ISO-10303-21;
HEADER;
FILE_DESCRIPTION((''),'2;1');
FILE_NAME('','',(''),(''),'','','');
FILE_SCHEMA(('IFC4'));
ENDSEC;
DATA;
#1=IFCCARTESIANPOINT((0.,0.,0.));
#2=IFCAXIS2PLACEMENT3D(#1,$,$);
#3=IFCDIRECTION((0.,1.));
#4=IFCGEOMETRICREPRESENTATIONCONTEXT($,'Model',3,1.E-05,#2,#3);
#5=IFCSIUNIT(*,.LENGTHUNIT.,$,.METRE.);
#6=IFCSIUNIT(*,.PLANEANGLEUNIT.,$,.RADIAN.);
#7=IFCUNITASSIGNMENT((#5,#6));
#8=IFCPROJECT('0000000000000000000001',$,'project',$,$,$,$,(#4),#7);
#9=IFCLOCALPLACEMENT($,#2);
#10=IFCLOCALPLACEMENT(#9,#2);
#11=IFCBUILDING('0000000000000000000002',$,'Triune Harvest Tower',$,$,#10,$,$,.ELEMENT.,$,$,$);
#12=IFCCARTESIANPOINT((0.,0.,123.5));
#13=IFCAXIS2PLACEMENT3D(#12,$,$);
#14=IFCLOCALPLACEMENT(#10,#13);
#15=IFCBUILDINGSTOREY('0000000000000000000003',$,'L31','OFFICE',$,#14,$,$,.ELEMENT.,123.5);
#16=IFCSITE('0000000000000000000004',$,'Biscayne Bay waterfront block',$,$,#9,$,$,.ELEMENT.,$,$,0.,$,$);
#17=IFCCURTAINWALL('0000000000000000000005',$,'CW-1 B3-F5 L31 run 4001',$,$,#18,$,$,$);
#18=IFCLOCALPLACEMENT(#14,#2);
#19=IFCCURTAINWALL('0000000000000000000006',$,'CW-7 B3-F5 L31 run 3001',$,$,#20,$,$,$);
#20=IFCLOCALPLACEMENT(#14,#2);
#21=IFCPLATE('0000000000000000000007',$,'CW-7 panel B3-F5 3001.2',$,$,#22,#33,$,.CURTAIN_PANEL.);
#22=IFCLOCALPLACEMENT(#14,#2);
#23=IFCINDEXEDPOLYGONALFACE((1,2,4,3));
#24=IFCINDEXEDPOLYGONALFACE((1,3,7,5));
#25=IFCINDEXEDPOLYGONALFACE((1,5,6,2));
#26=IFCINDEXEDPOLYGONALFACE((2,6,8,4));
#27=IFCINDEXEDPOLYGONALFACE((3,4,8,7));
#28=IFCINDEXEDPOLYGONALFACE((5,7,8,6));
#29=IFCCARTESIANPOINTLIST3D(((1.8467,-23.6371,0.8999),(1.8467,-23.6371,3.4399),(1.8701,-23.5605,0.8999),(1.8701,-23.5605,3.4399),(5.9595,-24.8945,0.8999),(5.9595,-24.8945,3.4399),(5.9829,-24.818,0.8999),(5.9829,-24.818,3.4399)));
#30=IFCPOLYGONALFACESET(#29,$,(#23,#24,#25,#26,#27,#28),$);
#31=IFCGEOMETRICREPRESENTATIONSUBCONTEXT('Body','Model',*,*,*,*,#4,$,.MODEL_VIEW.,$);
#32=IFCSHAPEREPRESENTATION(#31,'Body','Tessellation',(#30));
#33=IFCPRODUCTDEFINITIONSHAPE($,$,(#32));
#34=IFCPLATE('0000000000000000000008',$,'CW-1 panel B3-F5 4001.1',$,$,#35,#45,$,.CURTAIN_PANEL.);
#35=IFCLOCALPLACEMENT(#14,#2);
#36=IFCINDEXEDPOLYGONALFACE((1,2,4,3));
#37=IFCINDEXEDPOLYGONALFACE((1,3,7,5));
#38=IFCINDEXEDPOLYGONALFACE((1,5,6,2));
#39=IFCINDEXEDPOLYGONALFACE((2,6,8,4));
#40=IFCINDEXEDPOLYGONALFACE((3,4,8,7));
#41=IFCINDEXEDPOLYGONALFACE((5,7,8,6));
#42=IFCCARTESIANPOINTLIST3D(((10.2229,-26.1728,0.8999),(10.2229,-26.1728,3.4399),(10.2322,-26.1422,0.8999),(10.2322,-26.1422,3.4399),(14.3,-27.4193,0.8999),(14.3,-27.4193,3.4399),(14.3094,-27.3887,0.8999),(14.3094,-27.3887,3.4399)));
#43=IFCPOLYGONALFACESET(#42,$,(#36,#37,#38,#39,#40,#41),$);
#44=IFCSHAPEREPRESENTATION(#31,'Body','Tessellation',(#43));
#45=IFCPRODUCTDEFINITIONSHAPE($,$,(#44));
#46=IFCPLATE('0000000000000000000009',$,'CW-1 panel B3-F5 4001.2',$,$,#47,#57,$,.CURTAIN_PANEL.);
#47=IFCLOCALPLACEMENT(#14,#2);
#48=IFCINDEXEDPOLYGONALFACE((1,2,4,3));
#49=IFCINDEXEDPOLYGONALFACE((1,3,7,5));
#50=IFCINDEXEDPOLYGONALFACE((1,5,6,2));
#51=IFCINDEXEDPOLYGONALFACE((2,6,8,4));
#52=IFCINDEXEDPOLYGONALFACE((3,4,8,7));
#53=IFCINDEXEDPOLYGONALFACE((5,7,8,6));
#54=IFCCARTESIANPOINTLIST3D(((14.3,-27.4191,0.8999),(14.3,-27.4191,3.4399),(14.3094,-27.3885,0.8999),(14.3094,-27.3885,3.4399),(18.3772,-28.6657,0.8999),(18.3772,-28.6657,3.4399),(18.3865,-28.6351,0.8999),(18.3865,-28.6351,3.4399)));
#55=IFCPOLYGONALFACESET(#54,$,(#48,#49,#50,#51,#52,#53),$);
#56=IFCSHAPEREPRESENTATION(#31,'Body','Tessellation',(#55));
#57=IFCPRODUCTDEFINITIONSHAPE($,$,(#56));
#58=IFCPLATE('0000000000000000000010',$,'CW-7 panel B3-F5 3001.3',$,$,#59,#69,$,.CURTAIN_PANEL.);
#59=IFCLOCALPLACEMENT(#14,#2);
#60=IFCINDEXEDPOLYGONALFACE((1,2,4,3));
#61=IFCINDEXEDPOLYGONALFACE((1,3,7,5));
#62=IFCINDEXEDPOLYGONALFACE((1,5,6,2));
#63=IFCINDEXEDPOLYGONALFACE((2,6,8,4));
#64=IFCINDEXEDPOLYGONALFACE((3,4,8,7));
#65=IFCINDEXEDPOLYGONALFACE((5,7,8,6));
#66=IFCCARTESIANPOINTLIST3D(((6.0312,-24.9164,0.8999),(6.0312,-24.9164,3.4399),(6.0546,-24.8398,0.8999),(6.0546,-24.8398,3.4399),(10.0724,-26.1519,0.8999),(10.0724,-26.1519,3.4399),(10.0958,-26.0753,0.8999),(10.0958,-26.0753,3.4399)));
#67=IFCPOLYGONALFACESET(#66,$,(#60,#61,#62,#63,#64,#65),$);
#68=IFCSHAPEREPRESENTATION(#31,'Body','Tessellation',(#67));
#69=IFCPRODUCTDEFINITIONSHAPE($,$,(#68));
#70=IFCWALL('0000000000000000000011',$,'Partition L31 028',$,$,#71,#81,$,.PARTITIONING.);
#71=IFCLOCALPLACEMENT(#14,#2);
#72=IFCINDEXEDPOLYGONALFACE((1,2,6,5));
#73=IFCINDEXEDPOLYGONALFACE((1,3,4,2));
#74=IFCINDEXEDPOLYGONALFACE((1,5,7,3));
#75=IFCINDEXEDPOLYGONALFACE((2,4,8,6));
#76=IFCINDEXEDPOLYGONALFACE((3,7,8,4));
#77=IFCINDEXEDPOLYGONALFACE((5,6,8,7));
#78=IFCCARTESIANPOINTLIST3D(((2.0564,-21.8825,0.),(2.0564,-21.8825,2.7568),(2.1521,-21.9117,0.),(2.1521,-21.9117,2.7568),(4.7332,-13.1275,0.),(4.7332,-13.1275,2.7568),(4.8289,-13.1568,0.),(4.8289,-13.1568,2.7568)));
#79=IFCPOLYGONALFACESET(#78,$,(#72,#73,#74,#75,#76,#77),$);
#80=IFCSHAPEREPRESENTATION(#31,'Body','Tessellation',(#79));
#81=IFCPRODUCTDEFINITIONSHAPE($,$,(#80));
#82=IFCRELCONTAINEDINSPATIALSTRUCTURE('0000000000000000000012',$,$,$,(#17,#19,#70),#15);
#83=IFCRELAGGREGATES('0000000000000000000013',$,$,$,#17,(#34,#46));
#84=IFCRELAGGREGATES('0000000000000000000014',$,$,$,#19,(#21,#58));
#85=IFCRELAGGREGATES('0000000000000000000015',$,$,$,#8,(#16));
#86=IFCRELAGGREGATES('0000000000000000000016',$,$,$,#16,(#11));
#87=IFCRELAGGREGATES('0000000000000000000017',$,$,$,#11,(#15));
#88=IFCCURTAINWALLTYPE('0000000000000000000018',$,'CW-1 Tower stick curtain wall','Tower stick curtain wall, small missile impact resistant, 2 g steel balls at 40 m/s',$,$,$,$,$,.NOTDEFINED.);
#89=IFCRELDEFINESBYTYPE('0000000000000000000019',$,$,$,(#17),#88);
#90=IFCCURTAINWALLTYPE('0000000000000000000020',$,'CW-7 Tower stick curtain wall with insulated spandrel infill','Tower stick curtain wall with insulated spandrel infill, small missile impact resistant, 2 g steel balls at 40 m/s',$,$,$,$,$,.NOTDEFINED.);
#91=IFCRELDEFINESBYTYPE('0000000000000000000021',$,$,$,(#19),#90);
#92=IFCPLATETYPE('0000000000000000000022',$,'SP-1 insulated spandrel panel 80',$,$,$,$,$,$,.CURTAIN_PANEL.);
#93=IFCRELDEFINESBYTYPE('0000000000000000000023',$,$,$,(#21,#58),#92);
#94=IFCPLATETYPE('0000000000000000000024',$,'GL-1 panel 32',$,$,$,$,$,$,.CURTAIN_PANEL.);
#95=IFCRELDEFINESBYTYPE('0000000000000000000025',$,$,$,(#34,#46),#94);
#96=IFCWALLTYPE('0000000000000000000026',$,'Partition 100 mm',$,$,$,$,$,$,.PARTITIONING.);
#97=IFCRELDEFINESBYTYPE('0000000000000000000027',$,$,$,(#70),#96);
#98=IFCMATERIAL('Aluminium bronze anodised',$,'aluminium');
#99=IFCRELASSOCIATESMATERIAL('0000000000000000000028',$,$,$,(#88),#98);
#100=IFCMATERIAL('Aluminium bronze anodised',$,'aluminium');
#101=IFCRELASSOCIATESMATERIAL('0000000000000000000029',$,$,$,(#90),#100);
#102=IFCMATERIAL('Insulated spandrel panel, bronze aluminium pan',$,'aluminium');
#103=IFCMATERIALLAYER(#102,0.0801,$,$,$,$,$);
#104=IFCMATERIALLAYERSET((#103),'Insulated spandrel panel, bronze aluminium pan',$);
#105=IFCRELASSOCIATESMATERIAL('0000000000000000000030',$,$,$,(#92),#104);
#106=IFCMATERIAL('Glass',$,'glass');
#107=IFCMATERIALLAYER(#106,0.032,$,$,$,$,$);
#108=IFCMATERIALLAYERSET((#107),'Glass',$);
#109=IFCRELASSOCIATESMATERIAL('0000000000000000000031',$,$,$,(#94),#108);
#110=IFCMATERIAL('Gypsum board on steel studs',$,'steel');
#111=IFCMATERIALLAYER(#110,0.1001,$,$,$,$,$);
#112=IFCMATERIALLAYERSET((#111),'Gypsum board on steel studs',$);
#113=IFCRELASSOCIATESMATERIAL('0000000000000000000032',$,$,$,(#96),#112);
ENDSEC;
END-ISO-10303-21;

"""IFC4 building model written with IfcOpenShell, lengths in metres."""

from ifc_helpers import new_model, si_unit, direction, frame, frame_2d, origin, origin_2d, place, context, subcontext, project, spatial, rectangle, extrude, source, transform, mapped, material, layer, layer_set, type_object, element, aggregate, save


model = new_model("IFC4")

# Units and contexts
model_context = context("Model", 3, precision=1e-05, world=origin(), true_north=direction((0.0, 1.0)))
body_context = subcontext(model_context, "Body", "Model", "MODEL_VIEW")
ifc_project = project(units=[si_unit("LENGTHUNIT", "METRE"), si_unit("PLANEANGLEUNIT", "RADIAN")], contexts=[model_context])

# Site, building, storey
site_placement = place(None, origin())
site = spatial("IfcSite", under=ifc_project, at=site_placement, Name="Biscayne Bay waterfront block", CompositionType="ELEMENT", RefElevation=0.0)
building_placement = place(site_placement, origin())
building = spatial("IfcBuilding", under=site, at=building_placement, Name="Triune Harvest Tower", CompositionType="ELEMENT")
storey_placement = place(building_placement, frame((0.0, 0.0, 123.5)))
storey = spatial("IfcBuildingStorey", under=building, at=storey_placement, Name="L31", Description="OFFICE", CompositionType="ELEMENT", Elevation=123.5)

# Curtain wall
ifc_material_1 = material(Name="Aluminium bronze anodised", Category="aluminium")
curtain_wall_type_1 = type_object("IfcCurtainWallType", Name="CW-1 Tower stick curtain wall", Description="Tower stick curtain wall, small missile impact resistant, 2 g steel balls at 40 m/s", PredefinedType="NOTDEFINED", material=ifc_material_1)
curtain_wall_1_placement = place(storey_placement, origin())
curtain_wall_1 = element("IfcCurtainWall", 1, at=curtain_wall_1_placement, inside=storey, type_object=curtain_wall_type_1, Name="CW-1 B3-F5 L31 run 4001")

# Curtain wall
ifc_material_2 = material(Name="Aluminium bronze anodised", Category="aluminium")
curtain_wall_type_2 = type_object("IfcCurtainWallType", Name="CW-7 Tower stick curtain wall with insulated spandrel infill", Description="Tower stick curtain wall with insulated spandrel infill, small missile impact resistant, 2 g steel balls at 40 m/s", PredefinedType="NOTDEFINED", material=ifc_material_2)
curtain_wall_2_placement = place(storey_placement, origin())
curtain_wall_2 = element("IfcCurtainWall", 2, at=curtain_wall_2_placement, inside=storey, type_object=curtain_wall_type_2, Name="CW-7 B3-F5 L31 run 3001")

# Plates
ifc_material_3 = material(Name="Insulated spandrel panel, bronze aluminium pan", Category="aluminium")
ifc_layer_1 = layer(ifc_material_3, 0.0801)
ifc_layer_set_1 = layer_set([ifc_layer_1], Name="Insulated spandrel panel, bronze aluminium pan")
plate_type_1 = type_object("IfcPlateType", Name="SP-1 insulated spandrel panel 80", PredefinedType="CURTAIN_PANEL", material=ifc_layer_set_1)
shared_shape_1 = source(origin(), body_context, "Body", "SweptSolid", [
    extrude(rectangle(XDim=4.3008, YDim=0.0801, at=origin_2d()), origin(), (0.0, 0.0, 1.0), 2.54),
])
plate_1_placement = place(storey_placement, frame((3.9148, -24.2275, 0.8999), z_axis=(0.0, 0.0, 1.0), x_axis=(0.956306, -0.292368, 0.0)))
plate_1 = element("IfcPlate", 3, at=plate_1_placement, type_object=plate_type_1, Name="CW-7 panel B3-F5 3001.2", PredefinedType="CURTAIN_PANEL", context=body_context, shape_type="MappedRepresentation", body=[
    mapped(shared_shape_1, transform((0.0, 0.0, 0.0), scale=1.0)),
])
ifc_material_4 = material(Name="Glass", Category="glass")
ifc_layer_2 = layer(ifc_material_4, 0.032)
ifc_layer_set_2 = layer_set([ifc_layer_2], Name="Glass")
plate_type_2 = type_object("IfcPlateType", Name="GL-1 panel 32", PredefinedType="CURTAIN_PANEL", material=ifc_layer_set_2)
shared_shape_2 = source(origin(), body_context, "Body", "SweptSolid", [
    extrude(rectangle(XDim=4.2634, YDim=0.032, at=origin_2d()), origin(), (0.0, 0.0, 1.0), 2.54),
])
plate_2_placement = place(storey_placement, frame((12.2661, -26.7808, 0.8999), z_axis=(0.0, 0.0, 1.0), x_axis=(0.956303, -0.292377, 0.0)))
plate_2 = element("IfcPlate", 4, at=plate_2_placement, type_object=plate_type_2, Name="CW-1 panel B3-F5 4001.1", PredefinedType="CURTAIN_PANEL", context=body_context, shape_type="MappedRepresentation", body=[
    mapped(shared_shape_2, transform((0.0, 0.0, 0.0), scale=1.0)),
])
plate_3_placement = place(storey_placement, frame((16.3433, -28.0271, 0.8999), z_axis=(0.0, 0.0, 1.0), x_axis=(0.956303, -0.292377, 0.0)))
plate_3 = element("IfcPlate", 5, at=plate_3_placement, type_object=plate_type_2, Name="CW-1 panel B3-F5 4001.2", PredefinedType="CURTAIN_PANEL", context=body_context, shape_type="MappedRepresentation", body=[
    mapped(shared_shape_2, transform((0.0, 0.0, 0.0), scale=1.0)),
])
aggregate(curtain_wall_1, [plate_2, plate_3])
shared_shape_3 = source(origin(), body_context, "Body", "SweptSolid", [
    extrude(rectangle(XDim=4.2258, YDim=0.0801, at=origin_2d()), origin(), (0.0, 0.0, 1.0), 2.54),
])
plate_4_placement = place(storey_placement, frame((8.0635, -25.4958, 0.8999), z_axis=(0.0, 0.0, 1.0), x_axis=(0.956306, -0.292368, 0.0)))
plate_4 = element("IfcPlate", 6, at=plate_4_placement, type_object=plate_type_1, Name="CW-7 panel B3-F5 3001.3", PredefinedType="CURTAIN_PANEL", context=body_context, shape_type="MappedRepresentation", body=[
    mapped(shared_shape_3, transform((0.0, 0.0, 0.0), scale=1.0)),
])
aggregate(curtain_wall_2, [plate_1, plate_4])

# Wall
ifc_material_5 = material(Name="Gypsum board on steel studs", Category="steel")
ifc_layer_3 = layer(ifc_material_5, 0.1001)
ifc_layer_set_3 = layer_set([ifc_layer_3], Name="Gypsum board on steel studs")
wall_type = type_object("IfcWallType", Name="Partition 100 mm", PredefinedType="PARTITIONING", material=ifc_layer_set_3)
shared_shape_4 = source(origin(), body_context, "Body", "SweptSolid", [
    extrude(rectangle(XDim=9.155, YDim=0.1001, at=frame_2d((4.5776, 0.0))), origin(), (0.0, 0.0, 1.0), 2.7568),
])
wall_placement = place(storey_placement, frame((2.1042, -21.8972, 0.0), z_axis=(0.0, 0.0, 1.0), x_axis=(0.292384, 0.956301, 0.0)))
element("IfcWall", 7, at=wall_placement, inside=storey, type_object=wall_type, Name="Partition L31 028", PredefinedType="PARTITIONING", context=body_context, shape_type="MappedRepresentation", body=[
    mapped(shared_shape_4, transform((0.0, 0.0, 0.0), scale=1.0)),
])

save(model, "model.ifc")
